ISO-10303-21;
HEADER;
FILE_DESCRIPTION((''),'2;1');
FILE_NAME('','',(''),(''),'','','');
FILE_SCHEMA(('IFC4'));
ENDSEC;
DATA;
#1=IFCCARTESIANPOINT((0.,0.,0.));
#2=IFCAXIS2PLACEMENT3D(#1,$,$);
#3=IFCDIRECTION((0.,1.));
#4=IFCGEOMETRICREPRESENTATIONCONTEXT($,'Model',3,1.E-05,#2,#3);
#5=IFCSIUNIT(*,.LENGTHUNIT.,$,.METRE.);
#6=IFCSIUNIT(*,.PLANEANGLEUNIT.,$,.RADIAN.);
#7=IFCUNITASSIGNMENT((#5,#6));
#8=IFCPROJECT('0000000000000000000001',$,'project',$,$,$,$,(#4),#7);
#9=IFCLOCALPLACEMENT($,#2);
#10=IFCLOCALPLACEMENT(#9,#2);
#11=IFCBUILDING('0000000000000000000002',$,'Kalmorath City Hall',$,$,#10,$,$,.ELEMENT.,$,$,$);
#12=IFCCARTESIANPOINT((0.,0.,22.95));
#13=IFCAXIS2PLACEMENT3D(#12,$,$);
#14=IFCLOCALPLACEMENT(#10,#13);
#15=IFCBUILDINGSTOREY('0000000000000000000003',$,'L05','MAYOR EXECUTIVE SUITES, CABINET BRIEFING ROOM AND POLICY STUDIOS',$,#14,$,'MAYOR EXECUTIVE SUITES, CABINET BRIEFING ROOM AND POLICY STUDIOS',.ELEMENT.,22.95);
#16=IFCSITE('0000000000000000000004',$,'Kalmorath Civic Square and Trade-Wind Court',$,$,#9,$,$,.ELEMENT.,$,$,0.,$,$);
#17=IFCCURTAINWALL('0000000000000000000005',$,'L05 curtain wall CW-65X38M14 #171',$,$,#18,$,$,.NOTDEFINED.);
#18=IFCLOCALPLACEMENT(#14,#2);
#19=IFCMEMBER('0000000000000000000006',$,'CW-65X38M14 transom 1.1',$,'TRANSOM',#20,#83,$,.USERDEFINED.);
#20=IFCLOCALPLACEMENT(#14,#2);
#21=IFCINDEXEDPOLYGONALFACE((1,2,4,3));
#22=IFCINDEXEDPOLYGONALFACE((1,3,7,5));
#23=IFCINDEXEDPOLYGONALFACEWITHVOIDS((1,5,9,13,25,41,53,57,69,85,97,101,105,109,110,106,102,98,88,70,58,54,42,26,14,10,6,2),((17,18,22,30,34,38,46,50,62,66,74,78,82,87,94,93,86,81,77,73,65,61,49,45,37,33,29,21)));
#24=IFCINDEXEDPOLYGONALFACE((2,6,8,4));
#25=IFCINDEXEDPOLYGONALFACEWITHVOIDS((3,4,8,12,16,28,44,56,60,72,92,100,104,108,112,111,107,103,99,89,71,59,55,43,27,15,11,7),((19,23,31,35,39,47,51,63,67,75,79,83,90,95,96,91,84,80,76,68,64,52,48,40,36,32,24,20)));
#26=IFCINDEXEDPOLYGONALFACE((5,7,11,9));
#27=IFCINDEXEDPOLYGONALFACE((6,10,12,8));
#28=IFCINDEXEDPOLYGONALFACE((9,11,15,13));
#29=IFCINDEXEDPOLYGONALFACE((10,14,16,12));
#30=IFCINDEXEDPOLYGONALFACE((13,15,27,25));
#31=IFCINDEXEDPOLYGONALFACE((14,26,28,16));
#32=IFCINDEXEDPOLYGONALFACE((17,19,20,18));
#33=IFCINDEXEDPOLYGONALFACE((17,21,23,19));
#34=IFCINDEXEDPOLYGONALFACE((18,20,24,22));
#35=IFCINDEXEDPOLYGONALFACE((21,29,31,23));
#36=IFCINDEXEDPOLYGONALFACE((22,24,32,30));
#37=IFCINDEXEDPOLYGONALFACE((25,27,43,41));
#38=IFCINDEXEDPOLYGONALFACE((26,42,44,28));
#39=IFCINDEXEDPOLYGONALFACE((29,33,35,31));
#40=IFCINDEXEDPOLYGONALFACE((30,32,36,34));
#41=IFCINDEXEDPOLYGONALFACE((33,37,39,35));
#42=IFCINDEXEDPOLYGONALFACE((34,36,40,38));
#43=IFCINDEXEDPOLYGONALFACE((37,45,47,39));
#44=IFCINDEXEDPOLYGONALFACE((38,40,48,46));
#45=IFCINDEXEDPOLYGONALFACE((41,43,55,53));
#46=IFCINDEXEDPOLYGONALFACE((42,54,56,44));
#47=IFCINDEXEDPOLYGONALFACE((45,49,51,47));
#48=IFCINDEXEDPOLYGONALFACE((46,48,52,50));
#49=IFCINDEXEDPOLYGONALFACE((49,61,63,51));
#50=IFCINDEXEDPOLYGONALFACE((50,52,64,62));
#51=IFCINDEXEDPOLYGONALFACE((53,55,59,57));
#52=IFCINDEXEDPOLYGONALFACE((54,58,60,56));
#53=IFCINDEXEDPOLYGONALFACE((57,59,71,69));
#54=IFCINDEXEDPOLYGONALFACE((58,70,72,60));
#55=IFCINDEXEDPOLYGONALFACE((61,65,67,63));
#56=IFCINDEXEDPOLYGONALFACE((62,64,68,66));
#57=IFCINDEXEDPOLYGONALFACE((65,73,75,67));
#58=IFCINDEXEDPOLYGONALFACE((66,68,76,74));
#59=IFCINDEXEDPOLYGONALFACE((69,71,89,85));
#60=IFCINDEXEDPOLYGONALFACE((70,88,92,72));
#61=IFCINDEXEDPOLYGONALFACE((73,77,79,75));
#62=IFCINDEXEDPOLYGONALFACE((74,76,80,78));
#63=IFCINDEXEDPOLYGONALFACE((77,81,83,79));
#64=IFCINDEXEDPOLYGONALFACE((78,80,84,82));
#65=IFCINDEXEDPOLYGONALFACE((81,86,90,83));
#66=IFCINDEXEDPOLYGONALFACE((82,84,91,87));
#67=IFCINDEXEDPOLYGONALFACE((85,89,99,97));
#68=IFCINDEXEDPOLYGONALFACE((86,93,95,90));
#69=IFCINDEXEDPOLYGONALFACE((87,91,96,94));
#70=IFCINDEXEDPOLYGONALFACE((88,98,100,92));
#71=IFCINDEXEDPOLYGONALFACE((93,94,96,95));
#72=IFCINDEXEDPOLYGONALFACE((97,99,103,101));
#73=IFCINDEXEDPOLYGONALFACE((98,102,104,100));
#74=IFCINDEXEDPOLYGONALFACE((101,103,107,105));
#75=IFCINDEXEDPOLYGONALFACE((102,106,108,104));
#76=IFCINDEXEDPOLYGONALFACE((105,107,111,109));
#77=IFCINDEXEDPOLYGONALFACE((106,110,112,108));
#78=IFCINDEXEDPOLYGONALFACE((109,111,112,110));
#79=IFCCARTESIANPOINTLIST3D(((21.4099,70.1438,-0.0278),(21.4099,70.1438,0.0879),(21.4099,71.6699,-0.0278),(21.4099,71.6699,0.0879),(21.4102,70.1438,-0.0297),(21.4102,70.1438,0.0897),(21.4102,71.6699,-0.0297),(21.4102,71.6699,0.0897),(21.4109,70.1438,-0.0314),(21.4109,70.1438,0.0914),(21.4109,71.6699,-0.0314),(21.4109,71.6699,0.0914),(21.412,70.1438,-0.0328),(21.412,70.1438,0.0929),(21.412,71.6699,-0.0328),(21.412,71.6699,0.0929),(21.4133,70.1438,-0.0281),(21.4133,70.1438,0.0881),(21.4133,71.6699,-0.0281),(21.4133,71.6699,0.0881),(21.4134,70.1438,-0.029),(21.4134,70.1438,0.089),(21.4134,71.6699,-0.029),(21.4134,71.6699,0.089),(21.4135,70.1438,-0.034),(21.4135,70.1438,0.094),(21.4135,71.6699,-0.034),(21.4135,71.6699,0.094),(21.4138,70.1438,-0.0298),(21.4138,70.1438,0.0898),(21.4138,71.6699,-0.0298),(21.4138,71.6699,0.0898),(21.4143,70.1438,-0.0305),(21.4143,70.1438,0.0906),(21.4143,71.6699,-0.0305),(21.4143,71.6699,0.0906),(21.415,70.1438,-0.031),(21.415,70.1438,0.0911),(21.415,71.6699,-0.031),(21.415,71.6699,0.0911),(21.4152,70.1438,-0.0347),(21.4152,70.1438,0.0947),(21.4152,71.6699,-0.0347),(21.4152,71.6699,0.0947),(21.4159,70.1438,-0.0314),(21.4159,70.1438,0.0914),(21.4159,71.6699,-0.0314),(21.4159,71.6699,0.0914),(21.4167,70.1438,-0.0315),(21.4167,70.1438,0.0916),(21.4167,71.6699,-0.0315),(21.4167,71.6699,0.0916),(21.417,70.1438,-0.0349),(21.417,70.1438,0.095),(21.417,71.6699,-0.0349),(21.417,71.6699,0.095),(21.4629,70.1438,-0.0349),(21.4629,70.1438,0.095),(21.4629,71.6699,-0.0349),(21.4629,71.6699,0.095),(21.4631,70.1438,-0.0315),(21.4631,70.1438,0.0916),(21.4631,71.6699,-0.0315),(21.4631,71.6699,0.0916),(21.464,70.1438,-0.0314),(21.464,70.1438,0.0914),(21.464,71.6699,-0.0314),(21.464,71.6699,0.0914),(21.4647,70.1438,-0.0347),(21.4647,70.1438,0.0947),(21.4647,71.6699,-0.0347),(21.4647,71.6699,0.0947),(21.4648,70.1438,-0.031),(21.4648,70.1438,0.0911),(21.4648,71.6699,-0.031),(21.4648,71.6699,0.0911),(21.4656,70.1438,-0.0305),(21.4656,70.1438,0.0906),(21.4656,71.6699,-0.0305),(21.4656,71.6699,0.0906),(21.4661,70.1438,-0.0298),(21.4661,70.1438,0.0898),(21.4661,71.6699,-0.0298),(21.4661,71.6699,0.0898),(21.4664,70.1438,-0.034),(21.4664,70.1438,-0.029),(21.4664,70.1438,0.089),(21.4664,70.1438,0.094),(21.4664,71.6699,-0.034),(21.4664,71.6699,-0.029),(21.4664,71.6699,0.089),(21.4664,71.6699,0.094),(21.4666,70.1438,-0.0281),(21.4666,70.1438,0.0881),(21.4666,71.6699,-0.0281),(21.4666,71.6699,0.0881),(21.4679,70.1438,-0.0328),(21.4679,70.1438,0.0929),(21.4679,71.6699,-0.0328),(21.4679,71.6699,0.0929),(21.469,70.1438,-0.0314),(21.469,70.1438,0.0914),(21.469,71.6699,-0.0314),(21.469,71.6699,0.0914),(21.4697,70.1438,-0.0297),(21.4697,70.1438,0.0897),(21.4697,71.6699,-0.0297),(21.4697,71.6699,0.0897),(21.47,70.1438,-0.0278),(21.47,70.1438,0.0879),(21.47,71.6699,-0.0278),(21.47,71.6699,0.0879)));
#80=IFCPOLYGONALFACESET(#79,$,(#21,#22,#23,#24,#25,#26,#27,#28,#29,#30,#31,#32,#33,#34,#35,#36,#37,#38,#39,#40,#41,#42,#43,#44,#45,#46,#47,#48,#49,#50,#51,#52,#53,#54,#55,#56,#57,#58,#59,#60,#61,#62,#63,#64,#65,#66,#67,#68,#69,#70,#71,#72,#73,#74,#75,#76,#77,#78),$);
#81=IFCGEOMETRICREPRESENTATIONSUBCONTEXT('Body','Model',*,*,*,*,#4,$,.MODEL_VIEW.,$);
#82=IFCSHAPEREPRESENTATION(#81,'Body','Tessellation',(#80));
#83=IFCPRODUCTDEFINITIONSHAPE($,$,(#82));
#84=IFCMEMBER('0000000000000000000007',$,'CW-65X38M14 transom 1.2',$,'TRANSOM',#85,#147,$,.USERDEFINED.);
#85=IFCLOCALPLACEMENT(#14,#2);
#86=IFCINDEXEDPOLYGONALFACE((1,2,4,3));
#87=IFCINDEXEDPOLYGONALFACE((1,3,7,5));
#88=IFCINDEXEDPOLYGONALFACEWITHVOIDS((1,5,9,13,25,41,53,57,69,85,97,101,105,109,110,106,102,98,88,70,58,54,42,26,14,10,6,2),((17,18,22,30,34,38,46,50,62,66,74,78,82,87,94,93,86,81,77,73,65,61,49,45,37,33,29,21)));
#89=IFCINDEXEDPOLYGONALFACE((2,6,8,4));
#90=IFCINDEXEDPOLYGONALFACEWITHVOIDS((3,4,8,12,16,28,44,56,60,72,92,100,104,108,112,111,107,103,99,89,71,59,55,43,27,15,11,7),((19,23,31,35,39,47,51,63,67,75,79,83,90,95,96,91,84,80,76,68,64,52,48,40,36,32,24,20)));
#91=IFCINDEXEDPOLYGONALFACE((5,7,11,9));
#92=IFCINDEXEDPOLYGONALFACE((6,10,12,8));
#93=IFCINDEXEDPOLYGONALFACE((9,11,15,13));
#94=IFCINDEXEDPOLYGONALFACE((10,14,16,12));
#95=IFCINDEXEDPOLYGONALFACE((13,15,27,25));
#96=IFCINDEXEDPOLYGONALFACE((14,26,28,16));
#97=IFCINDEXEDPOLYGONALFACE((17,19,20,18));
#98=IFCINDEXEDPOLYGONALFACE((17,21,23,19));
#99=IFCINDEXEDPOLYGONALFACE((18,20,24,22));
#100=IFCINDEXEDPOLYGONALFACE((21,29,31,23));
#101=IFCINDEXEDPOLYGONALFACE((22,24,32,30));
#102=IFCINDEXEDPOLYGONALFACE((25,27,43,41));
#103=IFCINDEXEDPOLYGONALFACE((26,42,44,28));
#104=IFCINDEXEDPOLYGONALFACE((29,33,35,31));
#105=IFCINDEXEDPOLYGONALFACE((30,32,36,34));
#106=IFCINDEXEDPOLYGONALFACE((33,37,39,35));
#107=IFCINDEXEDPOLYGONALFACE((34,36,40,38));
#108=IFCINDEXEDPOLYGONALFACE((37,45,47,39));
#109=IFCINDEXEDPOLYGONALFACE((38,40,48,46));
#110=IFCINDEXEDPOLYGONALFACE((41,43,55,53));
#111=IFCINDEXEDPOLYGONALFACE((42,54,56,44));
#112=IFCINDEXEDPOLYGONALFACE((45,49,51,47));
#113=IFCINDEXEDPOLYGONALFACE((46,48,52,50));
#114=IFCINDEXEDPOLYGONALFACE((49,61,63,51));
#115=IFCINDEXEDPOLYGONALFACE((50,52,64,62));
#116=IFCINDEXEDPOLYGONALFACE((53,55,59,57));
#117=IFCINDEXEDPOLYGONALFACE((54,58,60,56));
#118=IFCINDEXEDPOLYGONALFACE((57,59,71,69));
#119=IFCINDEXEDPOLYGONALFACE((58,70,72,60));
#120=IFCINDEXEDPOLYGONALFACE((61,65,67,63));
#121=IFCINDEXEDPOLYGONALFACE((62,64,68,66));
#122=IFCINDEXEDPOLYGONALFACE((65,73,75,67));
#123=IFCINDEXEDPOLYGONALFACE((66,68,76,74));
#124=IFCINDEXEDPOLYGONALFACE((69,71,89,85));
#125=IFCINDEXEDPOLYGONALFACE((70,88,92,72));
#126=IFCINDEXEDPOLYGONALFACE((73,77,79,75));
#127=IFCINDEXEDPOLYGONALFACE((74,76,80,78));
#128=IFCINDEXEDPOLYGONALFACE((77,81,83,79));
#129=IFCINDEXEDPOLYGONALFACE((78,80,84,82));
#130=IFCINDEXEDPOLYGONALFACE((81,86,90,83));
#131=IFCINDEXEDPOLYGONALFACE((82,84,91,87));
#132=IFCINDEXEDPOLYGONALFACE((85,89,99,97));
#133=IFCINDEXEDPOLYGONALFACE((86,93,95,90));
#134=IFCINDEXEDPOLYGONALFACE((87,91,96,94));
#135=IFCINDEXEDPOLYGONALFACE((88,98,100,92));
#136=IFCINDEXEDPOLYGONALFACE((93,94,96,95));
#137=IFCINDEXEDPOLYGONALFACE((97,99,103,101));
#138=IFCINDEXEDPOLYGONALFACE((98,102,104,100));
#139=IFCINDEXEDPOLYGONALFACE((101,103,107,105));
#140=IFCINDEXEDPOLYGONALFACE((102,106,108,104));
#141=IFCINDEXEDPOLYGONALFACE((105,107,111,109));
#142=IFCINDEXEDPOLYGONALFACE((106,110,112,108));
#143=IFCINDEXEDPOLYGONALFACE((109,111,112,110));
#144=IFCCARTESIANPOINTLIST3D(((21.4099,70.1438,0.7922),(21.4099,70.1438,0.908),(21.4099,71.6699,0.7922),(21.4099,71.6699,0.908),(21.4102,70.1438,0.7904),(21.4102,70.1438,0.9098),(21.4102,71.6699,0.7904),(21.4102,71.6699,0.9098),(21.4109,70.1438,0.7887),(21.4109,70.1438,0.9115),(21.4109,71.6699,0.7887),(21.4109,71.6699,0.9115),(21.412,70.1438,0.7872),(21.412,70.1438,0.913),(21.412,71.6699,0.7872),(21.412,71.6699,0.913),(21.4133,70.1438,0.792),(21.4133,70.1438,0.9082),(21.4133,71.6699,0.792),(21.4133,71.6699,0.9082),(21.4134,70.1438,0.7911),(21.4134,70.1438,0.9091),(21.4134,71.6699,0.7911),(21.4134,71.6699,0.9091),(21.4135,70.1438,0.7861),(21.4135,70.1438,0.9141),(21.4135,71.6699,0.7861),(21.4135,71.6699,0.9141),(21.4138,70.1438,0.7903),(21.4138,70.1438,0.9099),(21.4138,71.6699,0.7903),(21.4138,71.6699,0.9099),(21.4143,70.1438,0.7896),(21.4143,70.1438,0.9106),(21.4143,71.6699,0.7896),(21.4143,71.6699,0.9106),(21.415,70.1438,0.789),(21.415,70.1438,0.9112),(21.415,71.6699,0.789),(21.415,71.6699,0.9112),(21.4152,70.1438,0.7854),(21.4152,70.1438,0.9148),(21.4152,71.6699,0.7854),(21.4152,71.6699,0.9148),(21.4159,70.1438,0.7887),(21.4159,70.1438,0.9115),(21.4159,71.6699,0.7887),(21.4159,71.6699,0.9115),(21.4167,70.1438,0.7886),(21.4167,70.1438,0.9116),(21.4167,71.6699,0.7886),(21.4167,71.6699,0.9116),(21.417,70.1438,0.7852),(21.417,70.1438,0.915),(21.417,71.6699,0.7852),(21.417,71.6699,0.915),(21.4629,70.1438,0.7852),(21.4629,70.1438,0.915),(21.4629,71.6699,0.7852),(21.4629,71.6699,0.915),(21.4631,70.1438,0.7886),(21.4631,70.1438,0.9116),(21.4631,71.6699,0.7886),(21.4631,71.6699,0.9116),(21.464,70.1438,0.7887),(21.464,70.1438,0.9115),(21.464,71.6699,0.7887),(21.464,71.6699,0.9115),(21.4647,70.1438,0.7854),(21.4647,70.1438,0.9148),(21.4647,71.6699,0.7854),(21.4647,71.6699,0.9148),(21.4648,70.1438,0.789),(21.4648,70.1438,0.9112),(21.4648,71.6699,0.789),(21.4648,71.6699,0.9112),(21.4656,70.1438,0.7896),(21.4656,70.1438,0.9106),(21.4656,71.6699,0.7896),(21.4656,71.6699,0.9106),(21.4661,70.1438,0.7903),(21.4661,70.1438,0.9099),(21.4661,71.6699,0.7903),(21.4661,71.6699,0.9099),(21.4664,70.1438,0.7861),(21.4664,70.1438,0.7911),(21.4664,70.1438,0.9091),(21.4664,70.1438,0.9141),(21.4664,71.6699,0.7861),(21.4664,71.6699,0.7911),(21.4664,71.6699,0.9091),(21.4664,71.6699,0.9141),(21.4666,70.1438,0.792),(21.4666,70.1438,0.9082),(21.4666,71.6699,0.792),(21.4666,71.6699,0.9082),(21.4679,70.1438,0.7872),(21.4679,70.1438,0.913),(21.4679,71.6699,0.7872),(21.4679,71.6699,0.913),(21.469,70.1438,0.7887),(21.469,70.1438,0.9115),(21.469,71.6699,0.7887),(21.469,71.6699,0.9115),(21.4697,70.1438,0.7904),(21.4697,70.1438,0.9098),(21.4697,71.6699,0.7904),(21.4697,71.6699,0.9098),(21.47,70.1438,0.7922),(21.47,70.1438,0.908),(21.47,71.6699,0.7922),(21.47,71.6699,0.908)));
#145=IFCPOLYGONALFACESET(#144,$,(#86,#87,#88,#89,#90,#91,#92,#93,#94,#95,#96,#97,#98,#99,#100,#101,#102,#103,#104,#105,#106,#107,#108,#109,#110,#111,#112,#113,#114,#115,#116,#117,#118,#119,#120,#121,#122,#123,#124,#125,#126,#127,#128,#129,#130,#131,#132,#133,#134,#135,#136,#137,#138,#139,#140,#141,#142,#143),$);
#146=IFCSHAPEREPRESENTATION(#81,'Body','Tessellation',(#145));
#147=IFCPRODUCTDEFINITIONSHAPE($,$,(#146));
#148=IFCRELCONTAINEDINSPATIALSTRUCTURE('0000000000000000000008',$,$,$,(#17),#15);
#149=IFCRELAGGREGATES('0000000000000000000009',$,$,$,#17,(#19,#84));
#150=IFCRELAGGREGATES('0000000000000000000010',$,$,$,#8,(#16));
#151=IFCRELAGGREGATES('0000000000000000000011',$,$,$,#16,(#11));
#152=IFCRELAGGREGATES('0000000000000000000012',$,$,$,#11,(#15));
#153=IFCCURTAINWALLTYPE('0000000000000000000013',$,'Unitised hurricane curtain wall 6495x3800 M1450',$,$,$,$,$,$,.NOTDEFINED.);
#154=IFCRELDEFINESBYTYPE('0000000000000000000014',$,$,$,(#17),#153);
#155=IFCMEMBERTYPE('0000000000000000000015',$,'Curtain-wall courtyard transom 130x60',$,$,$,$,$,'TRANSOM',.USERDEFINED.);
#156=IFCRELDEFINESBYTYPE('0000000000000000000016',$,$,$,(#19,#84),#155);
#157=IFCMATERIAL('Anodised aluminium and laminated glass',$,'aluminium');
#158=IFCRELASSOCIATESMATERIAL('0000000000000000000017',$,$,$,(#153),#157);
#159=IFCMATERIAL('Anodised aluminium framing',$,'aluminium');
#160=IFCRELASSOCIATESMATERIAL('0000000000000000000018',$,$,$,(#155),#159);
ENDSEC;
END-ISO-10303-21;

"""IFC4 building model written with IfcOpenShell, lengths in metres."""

from ifc_helpers import new_model, si_unit, direction, frame, origin, origin_2d, place, context, subcontext, project, spatial, hollow_rectangle, extrude, material, material_profile, profile_set, type_object, element, aggregate, save


model = new_model("IFC4")

# Units and contexts
model_context = context("Model", 3, precision=1e-05, world=origin(), true_north=direction((0.0, 1.0)))
body_context = subcontext(model_context, "Body", "Model", "MODEL_VIEW")
ifc_project = project(units=[si_unit("LENGTHUNIT", "METRE"), si_unit("PLANEANGLEUNIT", "RADIAN")], contexts=[model_context])

# Site, building, storey
site_placement = place(None, origin())
site = spatial("IfcSite", under=ifc_project, at=site_placement, Name="Kalmorath Civic Square and Trade-Wind Court", CompositionType="ELEMENT", RefElevation=0.0)
building_placement = place(site_placement, origin())
building = spatial("IfcBuilding", under=site, at=building_placement, Name="Kalmorath City Hall", CompositionType="ELEMENT")
storey_placement = place(building_placement, frame((0.0, 0.0, 22.95)))
storey = spatial("IfcBuildingStorey", under=building, at=storey_placement, Name="L05", Description="MAYOR EXECUTIVE SUITES, CABINET BRIEFING ROOM AND POLICY STUDIOS", LongName="MAYOR EXECUTIVE SUITES, CABINET BRIEFING ROOM AND POLICY STUDIOS", CompositionType="ELEMENT", Elevation=22.95)

# Curtain wall, members
ifc_material_1 = material(Name="Anodised aluminium and laminated glass", Category="aluminium")
curtain_wall_type = type_object("IfcCurtainWallType", Name="Unitised hurricane curtain wall 6495x3800 M1450", PredefinedType="NOTDEFINED", material=ifc_material_1)
curtain_wall_placement = place(storey_placement, origin())
curtain_wall = element("IfcCurtainWall", 1, at=curtain_wall_placement, inside=storey, type_object=curtain_wall_type, Name="L05 curtain wall CW-65X38M14 #171", PredefinedType="NOTDEFINED")
ifc_material_2 = material(Name="Anodised aluminium framing", Category="aluminium")
ifc_material_profile_1 = material_profile(ifc_material_2, hollow_rectangle(XDim=0.0601, YDim=0.1299, WallThickness=0.0034, InnerFilletRadius=0.0034, OuterFilletRadius=0.0071, at=origin_2d()), Name="ALU-TRN-130X60X3.5")
ifc_profile_set_1 = profile_set([ifc_material_profile_1], Name="Anodised aluminium framing")
member_type_1 = type_object("IfcMemberType", Name="Curtain-wall courtyard transom 130x60", ElementType="TRANSOM", PredefinedType="USERDEFINED", material=ifc_profile_set_1)
member_1_placement = place(storey_placement, frame((21.4399, 71.6699, 0.03), z_axis=(0.0, -1.0, 0.0), x_axis=(1.0, 0.0, 0.0)))
member_1 = element("IfcMember", 2, at=member_1_placement, type_object=member_type_1, Name="CW-65X38M14 transom 1.1", ObjectType="TRANSOM", PredefinedType="USERDEFINED", context=body_context, shape_type="SweptSolid", body=[
    extrude(hollow_rectangle(XDim=0.0601, YDim=0.1299, WallThickness=0.0034, InnerFilletRadius=0.0034, OuterFilletRadius=0.0071, at=origin_2d()), origin(), (0.0, 0.0, 1.0), 1.5261),
])
member_2_placement = place(storey_placement, frame((21.4399, 71.6699, 0.8501), z_axis=(0.0, -1.0, 0.0), x_axis=(1.0, 0.0, 0.0)))
member_2 = element("IfcMember", 3, at=member_2_placement, type_object=member_type_1, Name="CW-65X38M14 transom 1.2", ObjectType="TRANSOM", PredefinedType="USERDEFINED", context=body_context, shape_type="SweptSolid", body=[
    extrude(hollow_rectangle(XDim=0.0601, YDim=0.1299, WallThickness=0.0034, InnerFilletRadius=0.0034, OuterFilletRadius=0.0071, at=origin_2d()), origin(), (0.0, 0.0, 1.0), 1.5261),
])
aggregate(curtain_wall, [member_1, member_2])

save(model, "model.ifc")
